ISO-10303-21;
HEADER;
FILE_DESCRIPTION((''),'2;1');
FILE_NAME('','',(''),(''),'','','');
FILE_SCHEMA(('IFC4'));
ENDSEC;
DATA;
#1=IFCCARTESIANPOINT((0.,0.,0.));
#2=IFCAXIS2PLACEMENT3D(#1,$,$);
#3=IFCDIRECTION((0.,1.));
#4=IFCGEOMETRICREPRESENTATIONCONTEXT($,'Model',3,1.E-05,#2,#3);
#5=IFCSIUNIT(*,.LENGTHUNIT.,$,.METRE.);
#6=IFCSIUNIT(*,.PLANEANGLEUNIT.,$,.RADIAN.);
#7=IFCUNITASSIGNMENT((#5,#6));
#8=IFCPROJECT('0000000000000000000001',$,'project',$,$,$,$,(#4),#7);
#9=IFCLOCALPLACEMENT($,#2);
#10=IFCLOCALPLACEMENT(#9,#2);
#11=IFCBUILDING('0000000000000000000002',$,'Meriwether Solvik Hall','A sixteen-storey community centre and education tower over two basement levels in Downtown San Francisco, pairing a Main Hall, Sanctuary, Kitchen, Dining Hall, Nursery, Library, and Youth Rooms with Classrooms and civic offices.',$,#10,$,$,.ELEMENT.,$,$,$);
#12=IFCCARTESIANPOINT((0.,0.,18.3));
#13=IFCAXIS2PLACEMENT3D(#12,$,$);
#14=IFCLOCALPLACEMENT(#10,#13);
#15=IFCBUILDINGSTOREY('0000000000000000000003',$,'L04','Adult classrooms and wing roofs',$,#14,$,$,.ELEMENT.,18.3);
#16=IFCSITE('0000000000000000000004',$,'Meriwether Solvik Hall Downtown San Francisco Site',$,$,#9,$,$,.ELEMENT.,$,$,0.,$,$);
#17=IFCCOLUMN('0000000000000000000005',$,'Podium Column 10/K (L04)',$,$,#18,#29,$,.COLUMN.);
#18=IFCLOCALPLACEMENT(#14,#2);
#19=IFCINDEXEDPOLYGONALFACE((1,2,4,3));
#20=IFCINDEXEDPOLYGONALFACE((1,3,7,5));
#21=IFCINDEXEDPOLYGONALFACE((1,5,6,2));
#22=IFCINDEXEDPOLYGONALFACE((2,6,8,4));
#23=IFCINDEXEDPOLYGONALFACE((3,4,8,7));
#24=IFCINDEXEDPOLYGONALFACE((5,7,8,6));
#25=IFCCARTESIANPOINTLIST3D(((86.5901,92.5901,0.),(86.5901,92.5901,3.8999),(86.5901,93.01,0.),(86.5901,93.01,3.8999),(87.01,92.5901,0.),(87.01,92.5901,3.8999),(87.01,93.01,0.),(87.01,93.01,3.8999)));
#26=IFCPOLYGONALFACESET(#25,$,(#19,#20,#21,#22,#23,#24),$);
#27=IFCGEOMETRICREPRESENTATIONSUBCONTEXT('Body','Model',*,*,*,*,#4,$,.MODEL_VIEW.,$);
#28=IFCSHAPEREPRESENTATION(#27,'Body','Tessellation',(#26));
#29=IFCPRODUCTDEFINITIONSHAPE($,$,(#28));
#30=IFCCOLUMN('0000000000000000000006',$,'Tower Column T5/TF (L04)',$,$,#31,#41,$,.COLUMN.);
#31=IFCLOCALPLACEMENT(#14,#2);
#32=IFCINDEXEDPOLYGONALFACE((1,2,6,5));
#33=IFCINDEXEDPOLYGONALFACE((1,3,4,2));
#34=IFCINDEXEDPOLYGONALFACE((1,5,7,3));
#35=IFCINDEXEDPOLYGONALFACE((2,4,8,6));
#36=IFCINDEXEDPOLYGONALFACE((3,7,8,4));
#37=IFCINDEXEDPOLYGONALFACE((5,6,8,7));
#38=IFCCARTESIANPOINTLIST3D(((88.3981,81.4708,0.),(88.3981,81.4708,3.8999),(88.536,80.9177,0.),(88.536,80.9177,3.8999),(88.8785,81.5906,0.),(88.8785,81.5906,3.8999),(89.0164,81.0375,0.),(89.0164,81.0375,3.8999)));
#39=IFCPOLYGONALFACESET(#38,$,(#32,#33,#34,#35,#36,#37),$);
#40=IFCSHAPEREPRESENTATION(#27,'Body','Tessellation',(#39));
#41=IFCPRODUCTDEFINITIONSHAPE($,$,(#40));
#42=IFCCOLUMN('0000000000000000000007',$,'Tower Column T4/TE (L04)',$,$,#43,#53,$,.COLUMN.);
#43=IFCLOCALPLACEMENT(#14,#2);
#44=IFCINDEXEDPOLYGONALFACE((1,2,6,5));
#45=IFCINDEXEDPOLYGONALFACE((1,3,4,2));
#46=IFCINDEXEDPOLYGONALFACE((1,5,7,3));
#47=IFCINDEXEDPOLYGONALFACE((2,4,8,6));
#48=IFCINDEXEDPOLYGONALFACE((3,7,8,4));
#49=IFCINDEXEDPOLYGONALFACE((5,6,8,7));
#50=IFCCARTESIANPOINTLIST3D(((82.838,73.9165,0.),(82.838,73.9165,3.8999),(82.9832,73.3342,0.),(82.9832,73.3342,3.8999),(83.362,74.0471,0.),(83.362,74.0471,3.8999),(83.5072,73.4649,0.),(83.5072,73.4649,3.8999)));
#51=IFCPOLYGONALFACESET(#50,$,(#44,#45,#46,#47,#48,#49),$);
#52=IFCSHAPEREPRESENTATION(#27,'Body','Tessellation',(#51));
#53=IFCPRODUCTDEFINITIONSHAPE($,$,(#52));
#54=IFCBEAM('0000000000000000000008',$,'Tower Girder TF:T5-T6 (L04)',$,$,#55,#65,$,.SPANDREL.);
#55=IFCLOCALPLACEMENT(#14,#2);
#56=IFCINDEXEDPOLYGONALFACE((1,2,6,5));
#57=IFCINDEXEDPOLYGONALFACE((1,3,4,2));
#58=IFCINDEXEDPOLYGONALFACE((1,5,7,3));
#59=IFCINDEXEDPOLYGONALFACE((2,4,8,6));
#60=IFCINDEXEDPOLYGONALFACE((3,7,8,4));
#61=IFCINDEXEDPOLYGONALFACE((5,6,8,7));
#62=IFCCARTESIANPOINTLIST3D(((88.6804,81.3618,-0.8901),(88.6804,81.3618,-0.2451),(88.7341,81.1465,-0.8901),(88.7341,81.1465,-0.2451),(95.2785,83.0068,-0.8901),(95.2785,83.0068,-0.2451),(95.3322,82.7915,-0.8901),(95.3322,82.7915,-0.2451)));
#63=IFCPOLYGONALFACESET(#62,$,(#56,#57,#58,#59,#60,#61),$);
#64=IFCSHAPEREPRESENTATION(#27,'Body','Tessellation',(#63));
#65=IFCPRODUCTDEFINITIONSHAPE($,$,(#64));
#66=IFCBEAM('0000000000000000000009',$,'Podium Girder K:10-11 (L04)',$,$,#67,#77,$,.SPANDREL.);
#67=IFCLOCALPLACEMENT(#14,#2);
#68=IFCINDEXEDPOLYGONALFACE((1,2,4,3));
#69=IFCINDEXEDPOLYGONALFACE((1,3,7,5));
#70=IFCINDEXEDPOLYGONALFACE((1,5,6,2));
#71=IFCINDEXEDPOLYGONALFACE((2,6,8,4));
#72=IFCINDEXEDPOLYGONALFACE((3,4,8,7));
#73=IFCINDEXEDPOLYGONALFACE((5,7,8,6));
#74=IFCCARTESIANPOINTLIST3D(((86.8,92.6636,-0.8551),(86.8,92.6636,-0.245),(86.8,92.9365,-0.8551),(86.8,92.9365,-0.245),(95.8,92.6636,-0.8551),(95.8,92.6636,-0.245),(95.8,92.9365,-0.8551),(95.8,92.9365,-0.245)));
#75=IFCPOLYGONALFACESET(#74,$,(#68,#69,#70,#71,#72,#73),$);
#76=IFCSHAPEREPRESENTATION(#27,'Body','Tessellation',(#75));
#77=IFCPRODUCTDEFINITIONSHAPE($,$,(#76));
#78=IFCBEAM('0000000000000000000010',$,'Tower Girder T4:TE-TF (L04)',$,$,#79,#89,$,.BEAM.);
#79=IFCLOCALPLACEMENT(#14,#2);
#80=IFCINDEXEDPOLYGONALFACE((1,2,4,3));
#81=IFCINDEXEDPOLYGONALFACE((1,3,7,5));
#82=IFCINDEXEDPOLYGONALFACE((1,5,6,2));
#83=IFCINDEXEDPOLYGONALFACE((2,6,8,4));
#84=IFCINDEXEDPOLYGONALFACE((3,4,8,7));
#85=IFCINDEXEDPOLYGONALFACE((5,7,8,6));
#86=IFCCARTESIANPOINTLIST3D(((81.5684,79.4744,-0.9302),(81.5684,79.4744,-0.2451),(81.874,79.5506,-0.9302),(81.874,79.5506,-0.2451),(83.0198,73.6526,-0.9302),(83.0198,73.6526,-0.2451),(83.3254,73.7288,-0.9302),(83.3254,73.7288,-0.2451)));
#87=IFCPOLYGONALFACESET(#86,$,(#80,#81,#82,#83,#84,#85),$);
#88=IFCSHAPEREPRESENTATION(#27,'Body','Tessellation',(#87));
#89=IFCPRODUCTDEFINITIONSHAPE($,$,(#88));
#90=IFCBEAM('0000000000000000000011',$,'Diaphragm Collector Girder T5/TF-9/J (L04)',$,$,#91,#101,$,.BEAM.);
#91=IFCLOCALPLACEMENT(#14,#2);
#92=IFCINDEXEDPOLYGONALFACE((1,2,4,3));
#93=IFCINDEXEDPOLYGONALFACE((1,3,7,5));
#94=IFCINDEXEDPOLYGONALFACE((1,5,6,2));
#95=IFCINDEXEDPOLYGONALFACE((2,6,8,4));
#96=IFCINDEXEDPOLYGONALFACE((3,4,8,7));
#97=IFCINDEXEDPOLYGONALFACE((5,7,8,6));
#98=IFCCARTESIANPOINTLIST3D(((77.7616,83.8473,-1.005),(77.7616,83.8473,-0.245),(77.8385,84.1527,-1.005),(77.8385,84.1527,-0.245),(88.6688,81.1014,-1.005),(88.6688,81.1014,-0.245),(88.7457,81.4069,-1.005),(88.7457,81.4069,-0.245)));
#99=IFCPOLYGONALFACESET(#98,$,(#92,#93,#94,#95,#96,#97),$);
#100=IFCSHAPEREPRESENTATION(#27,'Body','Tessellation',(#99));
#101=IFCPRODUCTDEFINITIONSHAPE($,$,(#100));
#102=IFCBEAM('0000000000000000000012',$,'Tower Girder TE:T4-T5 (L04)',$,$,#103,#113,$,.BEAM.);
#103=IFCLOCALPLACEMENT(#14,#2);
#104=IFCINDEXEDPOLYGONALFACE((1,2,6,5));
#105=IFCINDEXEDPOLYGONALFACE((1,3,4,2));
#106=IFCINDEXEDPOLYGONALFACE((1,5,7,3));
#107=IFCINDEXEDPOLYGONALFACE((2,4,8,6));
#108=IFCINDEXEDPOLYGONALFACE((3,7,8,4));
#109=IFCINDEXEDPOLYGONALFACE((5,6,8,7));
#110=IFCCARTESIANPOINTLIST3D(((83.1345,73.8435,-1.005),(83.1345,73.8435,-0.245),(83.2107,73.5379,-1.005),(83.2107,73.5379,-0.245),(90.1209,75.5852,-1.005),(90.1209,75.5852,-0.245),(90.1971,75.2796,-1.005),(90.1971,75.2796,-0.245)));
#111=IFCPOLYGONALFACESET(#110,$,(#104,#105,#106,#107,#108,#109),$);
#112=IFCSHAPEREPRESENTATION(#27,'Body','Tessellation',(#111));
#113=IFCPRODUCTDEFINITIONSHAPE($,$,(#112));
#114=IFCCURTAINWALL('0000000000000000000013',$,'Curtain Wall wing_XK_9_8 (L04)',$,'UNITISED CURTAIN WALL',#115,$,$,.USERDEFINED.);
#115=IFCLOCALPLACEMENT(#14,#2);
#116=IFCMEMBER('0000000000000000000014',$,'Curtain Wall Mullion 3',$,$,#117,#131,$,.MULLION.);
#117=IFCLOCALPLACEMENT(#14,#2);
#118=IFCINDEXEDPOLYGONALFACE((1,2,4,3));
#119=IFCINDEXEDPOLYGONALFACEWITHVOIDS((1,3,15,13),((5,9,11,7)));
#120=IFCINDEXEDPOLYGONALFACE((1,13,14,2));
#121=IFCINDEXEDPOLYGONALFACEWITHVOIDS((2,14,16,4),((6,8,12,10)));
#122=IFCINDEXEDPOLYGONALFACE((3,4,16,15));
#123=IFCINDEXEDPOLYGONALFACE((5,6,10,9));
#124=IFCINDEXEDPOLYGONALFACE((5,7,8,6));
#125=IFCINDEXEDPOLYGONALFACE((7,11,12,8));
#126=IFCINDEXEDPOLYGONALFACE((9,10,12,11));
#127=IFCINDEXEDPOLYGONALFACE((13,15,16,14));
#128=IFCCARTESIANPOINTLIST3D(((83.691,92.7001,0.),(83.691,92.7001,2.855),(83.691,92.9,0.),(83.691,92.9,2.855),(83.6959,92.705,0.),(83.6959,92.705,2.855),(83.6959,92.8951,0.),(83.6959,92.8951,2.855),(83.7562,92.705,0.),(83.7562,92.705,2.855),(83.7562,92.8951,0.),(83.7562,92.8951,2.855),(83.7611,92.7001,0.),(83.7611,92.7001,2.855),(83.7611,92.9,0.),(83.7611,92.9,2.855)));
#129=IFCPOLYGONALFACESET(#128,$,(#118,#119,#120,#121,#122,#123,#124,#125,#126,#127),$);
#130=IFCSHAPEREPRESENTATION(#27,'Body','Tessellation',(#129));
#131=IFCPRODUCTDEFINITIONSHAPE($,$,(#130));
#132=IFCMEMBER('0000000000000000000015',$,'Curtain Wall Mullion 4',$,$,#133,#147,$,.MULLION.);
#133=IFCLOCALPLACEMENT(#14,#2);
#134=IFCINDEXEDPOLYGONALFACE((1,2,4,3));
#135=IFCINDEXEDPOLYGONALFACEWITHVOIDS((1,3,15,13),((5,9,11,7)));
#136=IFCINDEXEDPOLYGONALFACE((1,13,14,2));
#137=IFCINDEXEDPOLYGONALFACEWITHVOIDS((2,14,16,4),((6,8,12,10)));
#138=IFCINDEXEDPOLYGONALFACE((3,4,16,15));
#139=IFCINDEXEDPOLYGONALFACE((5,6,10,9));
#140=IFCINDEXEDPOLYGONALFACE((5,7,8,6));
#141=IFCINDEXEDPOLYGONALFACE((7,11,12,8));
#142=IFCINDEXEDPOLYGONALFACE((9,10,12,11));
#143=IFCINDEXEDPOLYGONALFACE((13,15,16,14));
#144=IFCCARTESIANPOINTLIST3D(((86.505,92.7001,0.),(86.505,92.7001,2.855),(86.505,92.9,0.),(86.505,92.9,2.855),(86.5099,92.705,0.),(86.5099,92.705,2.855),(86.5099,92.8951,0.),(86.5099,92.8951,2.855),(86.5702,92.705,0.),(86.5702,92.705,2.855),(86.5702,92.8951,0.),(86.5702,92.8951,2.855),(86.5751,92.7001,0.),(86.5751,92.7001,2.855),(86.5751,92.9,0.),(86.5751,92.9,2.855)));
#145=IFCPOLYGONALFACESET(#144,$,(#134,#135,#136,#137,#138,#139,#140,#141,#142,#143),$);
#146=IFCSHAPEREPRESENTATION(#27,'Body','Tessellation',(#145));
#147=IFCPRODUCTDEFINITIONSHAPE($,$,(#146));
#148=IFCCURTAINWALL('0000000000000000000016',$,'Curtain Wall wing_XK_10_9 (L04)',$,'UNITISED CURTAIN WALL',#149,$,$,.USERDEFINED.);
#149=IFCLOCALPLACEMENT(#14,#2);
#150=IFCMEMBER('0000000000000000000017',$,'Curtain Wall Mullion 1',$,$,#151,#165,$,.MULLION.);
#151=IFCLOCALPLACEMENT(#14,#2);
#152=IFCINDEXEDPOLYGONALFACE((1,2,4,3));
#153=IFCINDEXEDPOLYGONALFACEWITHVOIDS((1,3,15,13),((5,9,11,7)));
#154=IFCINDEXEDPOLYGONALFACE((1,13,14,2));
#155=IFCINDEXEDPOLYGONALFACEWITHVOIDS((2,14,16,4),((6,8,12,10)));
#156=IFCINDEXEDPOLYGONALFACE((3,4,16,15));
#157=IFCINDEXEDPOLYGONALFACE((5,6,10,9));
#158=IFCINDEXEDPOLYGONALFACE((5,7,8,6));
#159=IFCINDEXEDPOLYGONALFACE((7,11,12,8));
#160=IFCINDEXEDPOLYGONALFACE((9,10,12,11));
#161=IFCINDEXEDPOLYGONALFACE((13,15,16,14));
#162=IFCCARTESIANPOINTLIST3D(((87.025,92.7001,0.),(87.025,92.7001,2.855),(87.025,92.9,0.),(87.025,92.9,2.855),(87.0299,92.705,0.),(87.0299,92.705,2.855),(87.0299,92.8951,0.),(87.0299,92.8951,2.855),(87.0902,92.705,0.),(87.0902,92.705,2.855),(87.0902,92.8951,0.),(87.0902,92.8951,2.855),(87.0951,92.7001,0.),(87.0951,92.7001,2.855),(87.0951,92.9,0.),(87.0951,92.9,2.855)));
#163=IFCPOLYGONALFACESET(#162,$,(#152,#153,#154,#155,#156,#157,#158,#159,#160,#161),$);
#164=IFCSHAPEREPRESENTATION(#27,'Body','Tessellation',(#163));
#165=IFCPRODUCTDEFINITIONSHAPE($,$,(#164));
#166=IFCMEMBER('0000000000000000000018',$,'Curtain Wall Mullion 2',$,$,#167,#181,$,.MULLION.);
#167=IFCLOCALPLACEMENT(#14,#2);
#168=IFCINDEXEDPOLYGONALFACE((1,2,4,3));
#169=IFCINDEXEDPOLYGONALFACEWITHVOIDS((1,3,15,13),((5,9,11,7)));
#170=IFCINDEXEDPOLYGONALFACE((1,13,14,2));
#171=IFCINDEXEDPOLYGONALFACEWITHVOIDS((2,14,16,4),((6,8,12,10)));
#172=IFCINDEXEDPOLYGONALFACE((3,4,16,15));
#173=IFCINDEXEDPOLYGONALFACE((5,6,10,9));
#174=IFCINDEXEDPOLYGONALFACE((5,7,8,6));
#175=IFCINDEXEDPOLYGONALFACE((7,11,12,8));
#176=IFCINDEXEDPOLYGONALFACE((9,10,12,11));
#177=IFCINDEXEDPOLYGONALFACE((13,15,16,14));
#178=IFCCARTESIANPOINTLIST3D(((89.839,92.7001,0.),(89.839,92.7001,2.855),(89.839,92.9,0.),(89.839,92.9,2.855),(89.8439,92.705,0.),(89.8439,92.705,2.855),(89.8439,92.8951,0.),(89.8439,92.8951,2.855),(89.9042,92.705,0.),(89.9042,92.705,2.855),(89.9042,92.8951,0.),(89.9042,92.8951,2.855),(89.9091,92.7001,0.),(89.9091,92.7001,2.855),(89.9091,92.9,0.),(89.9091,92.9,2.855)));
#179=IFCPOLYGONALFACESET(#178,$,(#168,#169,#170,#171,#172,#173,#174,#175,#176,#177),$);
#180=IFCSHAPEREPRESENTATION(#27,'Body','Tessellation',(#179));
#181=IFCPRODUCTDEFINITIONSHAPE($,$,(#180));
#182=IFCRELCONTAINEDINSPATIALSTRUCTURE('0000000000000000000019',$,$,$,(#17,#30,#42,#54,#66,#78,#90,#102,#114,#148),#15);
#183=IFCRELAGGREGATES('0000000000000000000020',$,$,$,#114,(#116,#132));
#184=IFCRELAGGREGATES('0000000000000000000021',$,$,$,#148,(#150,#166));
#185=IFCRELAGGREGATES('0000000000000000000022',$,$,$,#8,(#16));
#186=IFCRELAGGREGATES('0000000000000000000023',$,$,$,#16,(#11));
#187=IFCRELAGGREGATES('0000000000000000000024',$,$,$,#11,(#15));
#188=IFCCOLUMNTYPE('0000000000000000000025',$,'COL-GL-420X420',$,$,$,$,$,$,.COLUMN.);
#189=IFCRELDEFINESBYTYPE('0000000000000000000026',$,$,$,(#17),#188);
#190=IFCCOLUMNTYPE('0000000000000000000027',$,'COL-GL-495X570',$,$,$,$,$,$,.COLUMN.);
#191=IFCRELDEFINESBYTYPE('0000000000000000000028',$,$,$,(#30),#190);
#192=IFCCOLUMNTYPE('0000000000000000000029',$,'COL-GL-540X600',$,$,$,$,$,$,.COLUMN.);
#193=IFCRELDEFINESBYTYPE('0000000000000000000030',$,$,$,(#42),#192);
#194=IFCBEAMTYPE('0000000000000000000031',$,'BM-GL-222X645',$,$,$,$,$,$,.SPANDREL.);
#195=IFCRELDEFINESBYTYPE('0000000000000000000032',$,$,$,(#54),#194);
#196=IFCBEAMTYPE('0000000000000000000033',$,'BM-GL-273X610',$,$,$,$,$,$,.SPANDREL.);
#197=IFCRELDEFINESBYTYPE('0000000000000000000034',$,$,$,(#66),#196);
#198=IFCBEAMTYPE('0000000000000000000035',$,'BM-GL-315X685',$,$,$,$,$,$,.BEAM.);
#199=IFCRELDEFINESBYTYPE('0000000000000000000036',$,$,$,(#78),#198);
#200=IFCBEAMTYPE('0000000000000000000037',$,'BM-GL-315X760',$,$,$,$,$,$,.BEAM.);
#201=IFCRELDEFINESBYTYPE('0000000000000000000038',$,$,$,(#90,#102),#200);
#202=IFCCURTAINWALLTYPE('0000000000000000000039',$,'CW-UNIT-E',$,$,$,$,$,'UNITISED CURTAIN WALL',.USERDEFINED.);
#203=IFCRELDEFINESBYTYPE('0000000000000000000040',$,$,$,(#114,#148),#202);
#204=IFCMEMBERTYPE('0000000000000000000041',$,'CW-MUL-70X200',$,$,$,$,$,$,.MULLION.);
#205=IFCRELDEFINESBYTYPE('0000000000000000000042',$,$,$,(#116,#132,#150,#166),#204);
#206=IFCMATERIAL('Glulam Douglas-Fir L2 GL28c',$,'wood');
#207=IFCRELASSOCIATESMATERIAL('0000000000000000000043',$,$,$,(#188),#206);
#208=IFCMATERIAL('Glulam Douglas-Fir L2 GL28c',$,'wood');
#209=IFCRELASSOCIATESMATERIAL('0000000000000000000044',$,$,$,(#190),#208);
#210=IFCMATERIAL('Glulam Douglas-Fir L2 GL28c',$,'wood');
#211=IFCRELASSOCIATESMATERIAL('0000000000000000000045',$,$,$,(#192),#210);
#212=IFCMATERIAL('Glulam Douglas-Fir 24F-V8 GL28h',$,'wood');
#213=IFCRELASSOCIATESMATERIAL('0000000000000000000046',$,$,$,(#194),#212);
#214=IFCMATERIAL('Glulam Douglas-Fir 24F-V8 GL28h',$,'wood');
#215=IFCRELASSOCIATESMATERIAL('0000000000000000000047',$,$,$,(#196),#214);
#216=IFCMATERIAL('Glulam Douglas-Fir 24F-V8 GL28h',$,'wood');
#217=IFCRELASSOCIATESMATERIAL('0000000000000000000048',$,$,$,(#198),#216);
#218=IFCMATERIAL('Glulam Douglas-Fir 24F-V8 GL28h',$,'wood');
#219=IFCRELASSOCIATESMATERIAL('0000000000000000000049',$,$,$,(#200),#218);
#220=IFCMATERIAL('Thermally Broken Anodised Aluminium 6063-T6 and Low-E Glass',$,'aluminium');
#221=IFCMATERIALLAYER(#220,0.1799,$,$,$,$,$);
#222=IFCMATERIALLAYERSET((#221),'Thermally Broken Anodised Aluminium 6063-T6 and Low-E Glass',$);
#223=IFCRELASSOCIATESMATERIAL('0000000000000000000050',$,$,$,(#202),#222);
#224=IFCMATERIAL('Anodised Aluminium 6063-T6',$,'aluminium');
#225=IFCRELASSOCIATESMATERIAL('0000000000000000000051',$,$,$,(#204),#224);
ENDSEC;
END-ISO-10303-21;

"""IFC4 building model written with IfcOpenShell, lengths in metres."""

from ifc_helpers import new_model, si_unit, direction, frame, origin, origin_2d, place, context, subcontext, project, spatial, rectangle, hollow_rectangle, extrude, material, layer, layer_set, material_profile, profile_set, type_object, element, aggregate, save


model = new_model("IFC4")

# Units and contexts
model_context = context("Model", 3, precision=1e-05, world=origin(), true_north=direction((0.0, 1.0)))
body_context = subcontext(model_context, "Body", "Model", "MODEL_VIEW")
ifc_project = project(units=[si_unit("LENGTHUNIT", "METRE"), si_unit("PLANEANGLEUNIT", "RADIAN")], contexts=[model_context])

# Site, building, storey
site_placement = place(None, origin())
site = spatial("IfcSite", under=ifc_project, at=site_placement, Name="Meriwether Solvik Hall Downtown San Francisco Site", CompositionType="ELEMENT", RefElevation=0.0)
building_placement = place(site_placement, origin())
building = spatial("IfcBuilding", under=site, at=building_placement, Name="Meriwether Solvik Hall", Description="A sixteen-storey community centre and education tower over two basement levels in Downtown San Francisco, pairing a Main Hall, Sanctuary, Kitchen, Dining Hall, Nursery, Library, and Youth Rooms with Classrooms and civic offices.", CompositionType="ELEMENT")
storey_placement = place(building_placement, frame((0.0, 0.0, 18.3)))
storey = spatial("IfcBuildingStorey", under=building, at=storey_placement, Name="L04", Description="Adult classrooms and wing roofs", CompositionType="ELEMENT", Elevation=18.3)

# Columns
ifc_material_1 = material(Name="Glulam Douglas-Fir L2 GL28c", Category="wood")
ifc_material_profile_1 = material_profile(ifc_material_1, rectangle(XDim=0.4199, YDim=0.4199, at=origin_2d()), Name="GLC-420X420")
ifc_profile_set_1 = profile_set([ifc_material_profile_1], Name="Glulam Douglas-Fir L2 GL28c")
column_type_1 = type_object("IfcColumnType", Name="COL-GL-420X420", PredefinedType="COLUMN", material=ifc_profile_set_1)
column_1_placement = place(storey_placement, frame((86.8, 92.8, 0.0), z_axis=(0.0, 0.0, 1.0), x_axis=(1.0, 0.0, 0.0)))
element("IfcColumn", 1, at=column_1_placement, inside=storey, type_object=column_type_1, Name="Podium Column 10/K (L04)", PredefinedType="COLUMN", context=body_context, shape_type="SweptSolid", body=[
    extrude(rectangle(XDim=0.4199, YDim=0.4199, at=origin_2d()), origin(), (0.0, 0.0, 1.0), 3.8999),
])
ifc_material_2 = material(Name="Glulam Douglas-Fir L2 GL28c", Category="wood")
ifc_material_profile_2 = material_profile(ifc_material_2, rectangle(XDim=0.4951, YDim=0.5701, at=origin_2d()), Name="GLC-495X570")
ifc_profile_set_2 = profile_set([ifc_material_profile_2], Name="Glulam Douglas-Fir L2 GL28c")
column_type_2 = type_object("IfcColumnType", Name="COL-GL-495X570", PredefinedType="COLUMN", material=ifc_profile_set_2)
column_2_placement = place(storey_placement, frame((88.7073, 81.2542, 0.0), z_axis=(0.0, 0.0, 1.0), x_axis=(0.970296, 0.241922, 0.0)))
element("IfcColumn", 2, at=column_2_placement, inside=storey, type_object=column_type_2, Name="Tower Column T5/TF (L04)", PredefinedType="COLUMN", context=body_context, shape_type="SweptSolid", body=[
    extrude(rectangle(XDim=0.4951, YDim=0.5701, at=origin_2d()), origin(), (0.0, 0.0, 1.0), 3.8999),
])
ifc_material_3 = material(Name="Glulam Douglas-Fir L2 GL28c", Category="wood")
ifc_material_profile_3 = material_profile(ifc_material_3, rectangle(XDim=0.54, YDim=0.6001, at=origin_2d()), Name="GLC-540X600")
ifc_profile_set_3 = profile_set([ifc_material_profile_3], Name="Glulam Douglas-Fir L2 GL28c")
column_type_3 = type_object("IfcColumnType", Name="COL-GL-540X600", PredefinedType="COLUMN", material=ifc_profile_set_3)
column_3_placement = place(storey_placement, frame((83.1726, 73.6907, 0.0), z_axis=(0.0, 0.0, 1.0), x_axis=(0.970296, 0.241922, 0.0)))
element("IfcColumn", 3, at=column_3_placement, inside=storey, type_object=column_type_3, Name="Tower Column T4/TE (L04)", PredefinedType="COLUMN", context=body_context, shape_type="SweptSolid", body=[
    extrude(rectangle(XDim=0.54, YDim=0.6001, at=origin_2d()), origin(), (0.0, 0.0, 1.0), 3.8999),
])

# Beams
ifc_material_4 = material(Name="Glulam Douglas-Fir 24F-V8 GL28h", Category="wood")
ifc_material_profile_4 = material_profile(ifc_material_4, rectangle(XDim=0.2219, YDim=0.645, at=origin_2d()), Name="GLB-222X645")
ifc_profile_set_4 = profile_set([ifc_material_profile_4], Name="Glulam Douglas-Fir 24F-V8 GL28h")
beam_type_1 = type_object("IfcBeamType", Name="BM-GL-222X645", PredefinedType="SPANDREL", material=ifc_profile_set_4)
beam_1_placement = place(storey_placement, frame((88.7073, 81.2542, -0.5676), z_axis=(0.970299, 0.24191, 0.0), x_axis=(-0.24191, 0.970299, 0.0)))
element("IfcBeam", 4, at=beam_1_placement, inside=storey, type_object=beam_type_1, Name="Tower Girder TF:T5-T6 (L04)", PredefinedType="SPANDREL", context=body_context, shape_type="SweptSolid", body=[
    extrude(rectangle(XDim=0.2219, YDim=0.645, at=origin_2d()), origin(), (0.0, 0.0, 1.0), 6.8),
])
ifc_material_5 = material(Name="Glulam Douglas-Fir 24F-V8 GL28h", Category="wood")
ifc_material_profile_5 = material_profile(ifc_material_5, rectangle(XDim=0.2729, YDim=0.6101, at=origin_2d()), Name="GLB-273X610")
ifc_profile_set_5 = profile_set([ifc_material_profile_5], Name="Glulam Douglas-Fir 24F-V8 GL28h")
beam_type_2 = type_object("IfcBeamType", Name="BM-GL-273X610", PredefinedType="SPANDREL", material=ifc_profile_set_5)
beam_2_placement = place(storey_placement, frame((86.8, 92.8, -0.55), z_axis=(1.0, 0.0, 0.0), x_axis=(0.0, 1.0, 0.0)))
element("IfcBeam", 5, at=beam_2_placement, inside=storey, type_object=beam_type_2, Name="Podium Girder K:10-11 (L04)", PredefinedType="SPANDREL", context=body_context, shape_type="SweptSolid", body=[
    extrude(rectangle(XDim=0.2729, YDim=0.6101, at=origin_2d()), origin(), (0.0, 0.0, 1.0), 9.0),
])
ifc_material_6 = material(Name="Glulam Douglas-Fir 24F-V8 GL28h", Category="wood")
ifc_material_profile_6 = material_profile(ifc_material_6, rectangle(XDim=0.3149, YDim=0.6851, at=origin_2d()), Name="GLB-315X685")
ifc_profile_set_6 = profile_set([ifc_material_profile_6], Name="Glulam Douglas-Fir 24F-V8 GL28h")
beam_type_3 = type_object("IfcBeamType", Name="BM-GL-315X685", PredefinedType="BEAM", material=ifc_profile_set_6)
beam_3_placement = place(storey_placement, frame((83.1726, 73.6907, -0.5876), z_axis=(-0.241904, 0.9703, 0.0), x_axis=(-0.9703, -0.241904, 0.0)))
element("IfcBeam", 6, at=beam_3_placement, inside=storey, type_object=beam_type_3, Name="Tower Girder T4:TE-TF (L04)", PredefinedType="BEAM", context=body_context, shape_type="SweptSolid", body=[
    extrude(rectangle(XDim=0.3149, YDim=0.6851, at=origin_2d()), origin(), (0.0, 0.0, 1.0), 6.0),
])
ifc_material_7 = material(Name="Glulam Douglas-Fir 24F-V8 GL28h", Category="wood")
ifc_material_profile_7 = material_profile(ifc_material_7, rectangle(XDim=0.3149, YDim=0.76, at=origin_2d()), Name="GLB-315X760")
ifc_profile_set_7 = profile_set([ifc_material_profile_7], Name="Glulam Douglas-Fir 24F-V8 GL28h")
beam_type_4 = type_object("IfcBeamType", Name="BM-GL-315X760", PredefinedType="BEAM", material=ifc_profile_set_7)
beam_4_placement = place(storey_placement, frame((88.7073, 81.2542, -0.625), z_axis=(-0.969743, 0.244129, 0.0), x_axis=(-0.244129, -0.969743, 0.0)))
element("IfcBeam", 7, at=beam_4_placement, inside=storey, type_object=beam_type_4, Name="Diaphragm Collector Girder T5/TF-9/J (L04)", PredefinedType="BEAM", context=body_context, shape_type="SweptSolid", body=[
    extrude(rectangle(XDim=0.3149, YDim=0.76, at=origin_2d()), origin(), (0.0, 0.0, 1.0), 11.2476),
])
beam_5_placement = place(storey_placement, frame((83.1726, 73.6907, -0.625), z_axis=(0.970302, 0.241897, 0.0), x_axis=(-0.241897, 0.970302, 0.0)))
element("IfcBeam", 8, at=beam_5_placement, inside=storey, type_object=beam_type_4, Name="Tower Girder TE:T4-T5 (L04)", PredefinedType="BEAM", context=body_context, shape_type="SweptSolid", body=[
    extrude(rectangle(XDim=0.3149, YDim=0.76, at=origin_2d()), origin(), (0.0, 0.0, 1.0), 7.2002),
])

# Curtain walls, members
ifc_material_8 = material(Name="Thermally Broken Anodised Aluminium 6063-T6 and Low-E Glass", Category="aluminium")
ifc_layer_1 = layer(ifc_material_8, 0.1799)
ifc_layer_set_1 = layer_set([ifc_layer_1], Name="Thermally Broken Anodised Aluminium 6063-T6 and Low-E Glass")
curtain_wall_type = type_object("IfcCurtainWallType", Name="CW-UNIT-E", ElementType="UNITISED CURTAIN WALL", PredefinedType="USERDEFINED", material=ifc_layer_set_1)
curtain_wall_1_placement = place(storey_placement, origin())
curtain_wall_1 = element("IfcCurtainWall", 9, at=curtain_wall_1_placement, inside=storey, type_object=curtain_wall_type, Name="Curtain Wall wing_XK_9_8 (L04)", ObjectType="UNITISED CURTAIN WALL", PredefinedType="USERDEFINED")
ifc_material_9 = material(Name="Anodised Aluminium 6063-T6", Category="aluminium")
ifc_material_profile_8 = material_profile(ifc_material_9, hollow_rectangle(XDim=0.0701, YDim=0.2, WallThickness=0.0049, at=origin_2d()), Name="CWM-70X200")
ifc_profile_set_8 = profile_set([ifc_material_profile_8], Name="Anodised Aluminium 6063-T6")
member_type_1 = type_object("IfcMemberType", Name="CW-MUL-70X200", PredefinedType="MULLION", material=ifc_profile_set_8)
member_1_placement = place(storey_placement, frame((83.7261, 92.8, 0.0), z_axis=(0.0, 0.0, 1.0), x_axis=(1.0, 0.0, 0.0)))
member_1 = element("IfcMember", 10, at=member_1_placement, type_object=member_type_1, Name="Curtain Wall Mullion 3", PredefinedType="MULLION", context=body_context, shape_type="SweptSolid", body=[
    extrude(hollow_rectangle(XDim=0.0701, YDim=0.2, WallThickness=0.0049, at=origin_2d()), origin(), (0.0, 0.0, 1.0), 2.855),
])
member_2_placement = place(storey_placement, frame((86.54, 92.8, 0.0), z_axis=(0.0, 0.0, 1.0), x_axis=(1.0, 0.0, 0.0)))
member_2 = element("IfcMember", 11, at=member_2_placement, type_object=member_type_1, Name="Curtain Wall Mullion 4", PredefinedType="MULLION", context=body_context, shape_type="SweptSolid", body=[
    extrude(hollow_rectangle(XDim=0.0701, YDim=0.2, WallThickness=0.0049, at=origin_2d()), origin(), (0.0, 0.0, 1.0), 2.855),
])
curtain_wall_2_placement = place(storey_placement, origin())
curtain_wall_2 = element("IfcCurtainWall", 12, at=curtain_wall_2_placement, inside=storey, type_object=curtain_wall_type, Name="Curtain Wall wing_XK_10_9 (L04)", ObjectType="UNITISED CURTAIN WALL", PredefinedType="USERDEFINED")
member_3_placement = place(storey_placement, frame((87.0601, 92.8, 0.0), z_axis=(0.0, 0.0, 1.0), x_axis=(1.0, 0.0, 0.0)))
member_3 = element("IfcMember", 13, at=member_3_placement, type_object=member_type_1, Name="Curtain Wall Mullion 1", PredefinedType="MULLION", context=body_context, shape_type="SweptSolid", body=[
    extrude(hollow_rectangle(XDim=0.0701, YDim=0.2, WallThickness=0.0049, at=origin_2d()), origin(), (0.0, 0.0, 1.0), 2.855),
])
member_4_placement = place(storey_placement, frame((89.874, 92.8, 0.0), z_axis=(0.0, 0.0, 1.0), x_axis=(1.0, 0.0, 0.0)))
member_4 = element("IfcMember", 14, at=member_4_placement, type_object=member_type_1, Name="Curtain Wall Mullion 2", PredefinedType="MULLION", context=body_context, shape_type="SweptSolid", body=[
    extrude(hollow_rectangle(XDim=0.0701, YDim=0.2, WallThickness=0.0049, at=origin_2d()), origin(), (0.0, 0.0, 1.0), 2.855),
])

aggregate(curtain_wall_1, [member_1, member_2])
aggregate(curtain_wall_2, [member_3, member_4])

save(model, "model.ifc")
